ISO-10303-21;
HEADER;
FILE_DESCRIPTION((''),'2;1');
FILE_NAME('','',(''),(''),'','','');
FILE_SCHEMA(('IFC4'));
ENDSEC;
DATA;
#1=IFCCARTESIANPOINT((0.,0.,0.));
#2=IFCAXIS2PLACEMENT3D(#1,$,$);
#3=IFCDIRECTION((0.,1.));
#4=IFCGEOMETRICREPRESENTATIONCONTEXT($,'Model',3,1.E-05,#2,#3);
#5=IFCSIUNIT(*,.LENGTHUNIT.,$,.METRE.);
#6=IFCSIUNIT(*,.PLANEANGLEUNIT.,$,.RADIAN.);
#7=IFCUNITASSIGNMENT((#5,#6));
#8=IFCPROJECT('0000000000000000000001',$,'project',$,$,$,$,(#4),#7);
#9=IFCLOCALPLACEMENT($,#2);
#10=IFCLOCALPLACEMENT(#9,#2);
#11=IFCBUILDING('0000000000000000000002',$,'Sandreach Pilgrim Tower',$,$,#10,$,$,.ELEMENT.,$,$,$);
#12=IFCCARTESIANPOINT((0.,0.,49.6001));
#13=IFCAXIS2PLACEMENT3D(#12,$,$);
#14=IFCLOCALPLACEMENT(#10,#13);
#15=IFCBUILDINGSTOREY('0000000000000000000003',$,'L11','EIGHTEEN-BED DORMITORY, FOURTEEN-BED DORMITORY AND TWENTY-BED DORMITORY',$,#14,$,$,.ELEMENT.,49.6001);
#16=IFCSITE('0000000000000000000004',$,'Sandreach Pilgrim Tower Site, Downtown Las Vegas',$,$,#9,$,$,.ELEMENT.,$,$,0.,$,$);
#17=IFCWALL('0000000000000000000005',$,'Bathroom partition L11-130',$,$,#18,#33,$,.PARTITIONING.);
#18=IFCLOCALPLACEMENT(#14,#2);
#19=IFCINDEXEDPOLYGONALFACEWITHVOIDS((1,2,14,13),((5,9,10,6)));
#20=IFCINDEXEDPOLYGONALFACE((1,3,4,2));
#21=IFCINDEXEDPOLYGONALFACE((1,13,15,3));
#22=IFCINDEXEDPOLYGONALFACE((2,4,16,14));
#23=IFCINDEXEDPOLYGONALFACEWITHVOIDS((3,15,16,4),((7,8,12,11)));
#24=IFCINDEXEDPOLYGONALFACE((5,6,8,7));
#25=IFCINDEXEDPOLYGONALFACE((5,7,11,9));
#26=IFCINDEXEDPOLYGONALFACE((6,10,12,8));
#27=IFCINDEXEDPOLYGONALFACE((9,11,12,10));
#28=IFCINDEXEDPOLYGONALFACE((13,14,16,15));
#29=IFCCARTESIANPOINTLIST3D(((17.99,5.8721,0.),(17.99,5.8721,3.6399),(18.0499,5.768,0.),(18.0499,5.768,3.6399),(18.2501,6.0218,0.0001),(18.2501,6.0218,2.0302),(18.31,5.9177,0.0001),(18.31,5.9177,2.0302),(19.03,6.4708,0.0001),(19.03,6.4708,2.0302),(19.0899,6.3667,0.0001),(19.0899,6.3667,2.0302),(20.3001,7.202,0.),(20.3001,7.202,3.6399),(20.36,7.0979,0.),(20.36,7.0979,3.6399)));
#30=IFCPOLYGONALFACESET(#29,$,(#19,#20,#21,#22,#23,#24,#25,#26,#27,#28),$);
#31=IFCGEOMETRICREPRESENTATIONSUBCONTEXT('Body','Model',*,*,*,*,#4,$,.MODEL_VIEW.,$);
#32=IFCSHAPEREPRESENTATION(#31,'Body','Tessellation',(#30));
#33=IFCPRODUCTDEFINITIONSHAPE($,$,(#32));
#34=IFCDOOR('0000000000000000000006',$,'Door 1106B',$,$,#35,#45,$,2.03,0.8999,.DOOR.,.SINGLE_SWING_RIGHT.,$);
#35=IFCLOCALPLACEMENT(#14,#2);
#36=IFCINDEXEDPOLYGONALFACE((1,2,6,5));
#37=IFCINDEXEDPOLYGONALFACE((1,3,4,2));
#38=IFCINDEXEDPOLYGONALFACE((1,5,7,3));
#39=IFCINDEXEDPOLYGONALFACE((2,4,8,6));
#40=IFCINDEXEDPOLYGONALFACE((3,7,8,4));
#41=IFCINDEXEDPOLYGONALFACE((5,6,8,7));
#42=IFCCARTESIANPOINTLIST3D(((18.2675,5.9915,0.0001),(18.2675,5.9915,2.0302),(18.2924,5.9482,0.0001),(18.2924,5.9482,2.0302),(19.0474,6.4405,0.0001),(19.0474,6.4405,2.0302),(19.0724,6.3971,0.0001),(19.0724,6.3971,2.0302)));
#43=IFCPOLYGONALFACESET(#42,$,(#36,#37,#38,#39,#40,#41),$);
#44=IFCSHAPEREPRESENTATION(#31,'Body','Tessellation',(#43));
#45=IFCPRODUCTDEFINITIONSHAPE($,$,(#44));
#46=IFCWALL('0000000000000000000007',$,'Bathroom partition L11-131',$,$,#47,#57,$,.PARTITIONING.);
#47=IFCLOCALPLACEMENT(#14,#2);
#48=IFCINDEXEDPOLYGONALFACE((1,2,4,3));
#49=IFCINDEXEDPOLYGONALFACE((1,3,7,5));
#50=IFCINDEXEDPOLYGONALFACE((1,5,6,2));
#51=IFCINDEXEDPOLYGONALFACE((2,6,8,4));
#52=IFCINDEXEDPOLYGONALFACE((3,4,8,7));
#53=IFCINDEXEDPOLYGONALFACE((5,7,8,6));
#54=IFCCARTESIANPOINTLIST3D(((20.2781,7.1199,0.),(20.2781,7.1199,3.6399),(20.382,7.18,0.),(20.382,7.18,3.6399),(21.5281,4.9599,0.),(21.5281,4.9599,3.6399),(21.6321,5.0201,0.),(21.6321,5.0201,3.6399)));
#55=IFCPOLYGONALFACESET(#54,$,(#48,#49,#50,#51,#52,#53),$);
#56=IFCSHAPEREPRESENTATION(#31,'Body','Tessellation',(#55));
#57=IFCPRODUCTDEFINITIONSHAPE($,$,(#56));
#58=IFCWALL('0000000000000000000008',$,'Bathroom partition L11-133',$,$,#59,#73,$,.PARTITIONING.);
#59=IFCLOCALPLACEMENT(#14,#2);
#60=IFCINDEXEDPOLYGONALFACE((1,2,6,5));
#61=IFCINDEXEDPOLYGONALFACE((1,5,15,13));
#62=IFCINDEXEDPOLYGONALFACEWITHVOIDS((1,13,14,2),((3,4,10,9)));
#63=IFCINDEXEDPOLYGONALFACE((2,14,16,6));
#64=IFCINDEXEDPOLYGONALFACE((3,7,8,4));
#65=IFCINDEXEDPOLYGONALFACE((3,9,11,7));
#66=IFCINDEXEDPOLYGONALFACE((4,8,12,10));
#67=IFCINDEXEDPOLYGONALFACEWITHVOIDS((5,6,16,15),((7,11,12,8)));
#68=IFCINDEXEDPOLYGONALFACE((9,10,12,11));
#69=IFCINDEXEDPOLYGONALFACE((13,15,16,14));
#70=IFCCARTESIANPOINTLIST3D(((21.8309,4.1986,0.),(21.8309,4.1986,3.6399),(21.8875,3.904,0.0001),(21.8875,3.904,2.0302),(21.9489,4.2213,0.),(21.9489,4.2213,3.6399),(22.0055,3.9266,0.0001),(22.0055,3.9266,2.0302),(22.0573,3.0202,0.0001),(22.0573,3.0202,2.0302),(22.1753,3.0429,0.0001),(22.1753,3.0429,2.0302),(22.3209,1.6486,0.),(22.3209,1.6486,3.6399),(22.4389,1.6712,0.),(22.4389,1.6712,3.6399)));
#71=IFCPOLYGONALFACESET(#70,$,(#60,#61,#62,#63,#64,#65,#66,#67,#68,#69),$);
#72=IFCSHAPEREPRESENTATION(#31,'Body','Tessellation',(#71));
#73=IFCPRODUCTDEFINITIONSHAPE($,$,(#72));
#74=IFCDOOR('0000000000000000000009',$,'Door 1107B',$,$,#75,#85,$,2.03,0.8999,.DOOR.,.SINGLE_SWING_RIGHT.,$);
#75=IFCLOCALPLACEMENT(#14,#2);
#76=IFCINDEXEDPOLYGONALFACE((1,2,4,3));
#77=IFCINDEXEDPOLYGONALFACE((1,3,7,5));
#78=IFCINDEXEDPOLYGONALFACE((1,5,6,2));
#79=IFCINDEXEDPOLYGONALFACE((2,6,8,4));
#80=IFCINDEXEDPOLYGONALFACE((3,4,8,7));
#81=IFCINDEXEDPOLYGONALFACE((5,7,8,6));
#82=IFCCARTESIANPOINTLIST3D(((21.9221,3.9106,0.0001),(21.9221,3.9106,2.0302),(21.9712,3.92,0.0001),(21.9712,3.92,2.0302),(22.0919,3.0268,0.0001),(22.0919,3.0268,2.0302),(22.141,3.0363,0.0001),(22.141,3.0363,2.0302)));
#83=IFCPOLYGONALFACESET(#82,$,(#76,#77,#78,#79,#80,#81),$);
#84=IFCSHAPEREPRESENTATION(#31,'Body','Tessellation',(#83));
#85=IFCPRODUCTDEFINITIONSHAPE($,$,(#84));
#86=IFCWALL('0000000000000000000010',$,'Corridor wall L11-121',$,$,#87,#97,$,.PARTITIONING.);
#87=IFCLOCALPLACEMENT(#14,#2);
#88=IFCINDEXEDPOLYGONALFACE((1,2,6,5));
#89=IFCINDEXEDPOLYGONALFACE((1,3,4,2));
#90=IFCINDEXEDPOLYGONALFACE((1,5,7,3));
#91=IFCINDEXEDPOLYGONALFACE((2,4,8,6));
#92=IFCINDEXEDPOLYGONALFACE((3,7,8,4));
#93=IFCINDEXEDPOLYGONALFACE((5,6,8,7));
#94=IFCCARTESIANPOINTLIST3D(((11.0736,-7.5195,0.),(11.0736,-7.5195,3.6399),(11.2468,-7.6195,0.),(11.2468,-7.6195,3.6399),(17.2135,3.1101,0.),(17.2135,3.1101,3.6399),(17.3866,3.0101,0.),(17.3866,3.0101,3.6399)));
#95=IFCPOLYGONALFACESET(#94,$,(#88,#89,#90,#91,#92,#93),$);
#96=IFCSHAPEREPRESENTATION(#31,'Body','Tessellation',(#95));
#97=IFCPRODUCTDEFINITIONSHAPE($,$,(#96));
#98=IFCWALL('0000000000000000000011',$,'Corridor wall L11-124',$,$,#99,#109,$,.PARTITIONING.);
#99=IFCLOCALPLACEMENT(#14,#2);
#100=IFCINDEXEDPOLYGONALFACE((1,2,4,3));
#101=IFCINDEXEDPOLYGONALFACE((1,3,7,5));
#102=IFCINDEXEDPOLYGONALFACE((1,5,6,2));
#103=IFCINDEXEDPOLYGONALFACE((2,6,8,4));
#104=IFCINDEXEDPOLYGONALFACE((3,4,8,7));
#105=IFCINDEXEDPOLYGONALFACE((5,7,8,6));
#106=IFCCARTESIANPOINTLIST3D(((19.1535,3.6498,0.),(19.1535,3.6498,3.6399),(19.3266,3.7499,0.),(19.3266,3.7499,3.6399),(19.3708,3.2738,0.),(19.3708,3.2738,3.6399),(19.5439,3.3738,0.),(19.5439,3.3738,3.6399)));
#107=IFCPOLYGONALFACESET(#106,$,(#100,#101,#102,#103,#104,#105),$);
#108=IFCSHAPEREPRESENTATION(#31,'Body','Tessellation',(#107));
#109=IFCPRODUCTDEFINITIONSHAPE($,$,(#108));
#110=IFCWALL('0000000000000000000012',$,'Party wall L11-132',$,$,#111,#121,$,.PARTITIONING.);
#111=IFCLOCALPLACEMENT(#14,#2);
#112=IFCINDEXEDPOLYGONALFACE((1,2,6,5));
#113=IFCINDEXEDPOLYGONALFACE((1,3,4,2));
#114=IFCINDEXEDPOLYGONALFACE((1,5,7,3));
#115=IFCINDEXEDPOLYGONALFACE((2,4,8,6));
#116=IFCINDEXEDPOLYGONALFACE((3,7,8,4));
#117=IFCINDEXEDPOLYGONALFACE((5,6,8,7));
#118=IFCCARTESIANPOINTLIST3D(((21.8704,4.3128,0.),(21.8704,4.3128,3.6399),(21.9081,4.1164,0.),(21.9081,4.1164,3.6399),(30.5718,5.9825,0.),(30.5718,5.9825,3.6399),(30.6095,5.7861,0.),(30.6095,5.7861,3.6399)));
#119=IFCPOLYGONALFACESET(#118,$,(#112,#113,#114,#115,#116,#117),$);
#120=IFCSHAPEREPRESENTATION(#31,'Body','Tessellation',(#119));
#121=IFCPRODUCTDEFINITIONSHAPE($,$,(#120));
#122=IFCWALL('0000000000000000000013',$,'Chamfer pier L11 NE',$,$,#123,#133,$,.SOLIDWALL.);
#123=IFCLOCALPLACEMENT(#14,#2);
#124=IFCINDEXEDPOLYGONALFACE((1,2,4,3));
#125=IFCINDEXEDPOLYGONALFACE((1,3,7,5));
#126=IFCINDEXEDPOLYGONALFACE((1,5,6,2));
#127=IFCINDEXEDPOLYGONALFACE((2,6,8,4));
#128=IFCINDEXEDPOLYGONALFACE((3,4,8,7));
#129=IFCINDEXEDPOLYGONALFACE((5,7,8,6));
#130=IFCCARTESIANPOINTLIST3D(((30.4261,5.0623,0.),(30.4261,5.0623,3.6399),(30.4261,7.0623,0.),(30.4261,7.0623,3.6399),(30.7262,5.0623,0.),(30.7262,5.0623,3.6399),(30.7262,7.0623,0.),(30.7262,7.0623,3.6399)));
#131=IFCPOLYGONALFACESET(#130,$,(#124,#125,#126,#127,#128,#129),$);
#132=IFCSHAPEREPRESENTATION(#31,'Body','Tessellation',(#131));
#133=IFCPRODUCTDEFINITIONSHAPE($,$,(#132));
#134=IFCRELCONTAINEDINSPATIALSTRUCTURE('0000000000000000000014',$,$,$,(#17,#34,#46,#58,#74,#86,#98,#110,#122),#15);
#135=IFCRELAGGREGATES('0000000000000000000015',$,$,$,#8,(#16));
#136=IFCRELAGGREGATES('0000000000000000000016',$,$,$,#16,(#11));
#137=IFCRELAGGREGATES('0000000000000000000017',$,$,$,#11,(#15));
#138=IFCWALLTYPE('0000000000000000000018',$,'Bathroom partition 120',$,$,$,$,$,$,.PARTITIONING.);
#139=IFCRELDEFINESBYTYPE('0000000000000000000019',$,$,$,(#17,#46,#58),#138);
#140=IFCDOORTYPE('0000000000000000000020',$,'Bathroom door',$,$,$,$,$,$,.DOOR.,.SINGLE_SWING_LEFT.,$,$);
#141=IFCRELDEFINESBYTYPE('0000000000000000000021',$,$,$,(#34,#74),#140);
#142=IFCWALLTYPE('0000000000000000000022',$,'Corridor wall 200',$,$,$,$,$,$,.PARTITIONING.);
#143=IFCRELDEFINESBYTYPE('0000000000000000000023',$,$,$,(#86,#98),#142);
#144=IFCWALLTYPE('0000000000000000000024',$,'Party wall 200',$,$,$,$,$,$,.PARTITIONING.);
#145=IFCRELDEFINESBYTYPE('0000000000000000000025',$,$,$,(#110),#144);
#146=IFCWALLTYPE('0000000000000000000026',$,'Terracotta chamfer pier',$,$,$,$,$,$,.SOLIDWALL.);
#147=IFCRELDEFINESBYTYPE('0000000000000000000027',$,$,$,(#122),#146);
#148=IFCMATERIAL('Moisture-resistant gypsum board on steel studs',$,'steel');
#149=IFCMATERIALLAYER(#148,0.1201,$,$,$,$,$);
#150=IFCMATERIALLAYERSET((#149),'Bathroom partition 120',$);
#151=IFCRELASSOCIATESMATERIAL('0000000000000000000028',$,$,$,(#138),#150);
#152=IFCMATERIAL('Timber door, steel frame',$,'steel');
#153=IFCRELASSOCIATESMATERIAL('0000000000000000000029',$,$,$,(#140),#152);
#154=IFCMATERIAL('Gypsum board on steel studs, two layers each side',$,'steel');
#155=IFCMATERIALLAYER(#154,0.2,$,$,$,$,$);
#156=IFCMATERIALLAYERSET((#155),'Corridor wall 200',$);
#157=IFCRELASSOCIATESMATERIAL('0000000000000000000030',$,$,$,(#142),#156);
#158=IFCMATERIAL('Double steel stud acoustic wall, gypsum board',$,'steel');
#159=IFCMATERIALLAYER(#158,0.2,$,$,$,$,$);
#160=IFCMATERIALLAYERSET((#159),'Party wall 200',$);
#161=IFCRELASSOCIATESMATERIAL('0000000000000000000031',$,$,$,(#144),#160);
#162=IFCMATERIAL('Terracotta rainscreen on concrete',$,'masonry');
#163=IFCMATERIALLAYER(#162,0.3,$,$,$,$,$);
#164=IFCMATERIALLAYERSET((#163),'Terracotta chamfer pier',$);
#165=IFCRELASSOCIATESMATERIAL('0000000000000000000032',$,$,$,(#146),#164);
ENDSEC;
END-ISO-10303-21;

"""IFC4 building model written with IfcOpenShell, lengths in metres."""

from ifc_helpers import new_model, si_unit, direction, frame, frame_2d, origin, place, context, subcontext, project, spatial, rectangle, extrude, material, layer, layer_set, type_object, element, fill, save


model = new_model("IFC4")

# Units and contexts
model_context = context("Model", 3, precision=1e-05, world=origin(), true_north=direction((0.0, 1.0)))
body_context = subcontext(model_context, "Body", "Model", "MODEL_VIEW")
ifc_project = project(units=[si_unit("LENGTHUNIT", "METRE"), si_unit("PLANEANGLEUNIT", "RADIAN")], contexts=[model_context])

# Site, building, storey
site_placement = place(None, origin())
site = spatial("IfcSite", under=ifc_project, at=site_placement, Name="Sandreach Pilgrim Tower Site, Downtown Las Vegas", CompositionType="ELEMENT", RefElevation=0.0)
building_placement = place(site_placement, origin())
building = spatial("IfcBuilding", under=site, at=building_placement, Name="Sandreach Pilgrim Tower", CompositionType="ELEMENT")
storey_placement = place(building_placement, frame((0.0, 0.0, 49.6001)))
storey = spatial("IfcBuildingStorey", under=building, at=storey_placement, Name="L11", Description="EIGHTEEN-BED DORMITORY, FOURTEEN-BED DORMITORY AND TWENTY-BED DORMITORY", CompositionType="ELEMENT", Elevation=49.6001)

# Shared definitions
ifc_material_1 = material(Name="Moisture-resistant gypsum board on steel studs", Category="steel")
ifc_layer_1 = layer(ifc_material_1, 0.1201)
ifc_layer_set_1 = layer_set([ifc_layer_1], Name="Bathroom partition 120")
wall_type_1 = type_object("IfcWallType", Name="Bathroom partition 120", PredefinedType="PARTITIONING", material=ifc_layer_set_1)

# Wall, opening, door
wall_1_placement = place(storey_placement, frame((20.3301, 7.1499, 0.0), z_axis=(0.0, 0.0, 1.0), x_axis=(-0.866655, -0.498908, 0.0)))
wall_1 = element("IfcWall", 1, at=wall_1_placement, inside=storey, type_object=wall_type_1, Name="Bathroom partition L11-130", PredefinedType="PARTITIONING", context=body_context, shape_type="SweptSolid", body=[
    extrude(rectangle(XDim=2.6655, YDim=0.1201, at=frame_2d((1.3328, 0.0))), origin(), (0.0, 0.0, 1.0), 3.6399),
])
opening_1_placement = place(wall_1_placement, frame((1.4656, 0.0, 0.0)))
opening_1 = element("IfcOpeningElement", 2, at=opening_1_placement, cuts=wall_1, PredefinedType="OPENING", context=body_context, shape_type="SweptSolid", body=[
    extrude(rectangle(XDim=0.8999, YDim=2.03, at=frame_2d((0.45, 1.0151))), frame((0.0, 0.0601, 0.0), z_axis=(0.0, -1.0, 0.0), x_axis=(1.0, 0.0, 0.0)), (0.0, 0.0, 1.0), 0.1201),
])
ifc_material_2 = material(Name="Timber door, steel frame", Category="steel")
door_type_1 = type_object("IfcDoorType", Name="Bathroom door", OperationType="SINGLE_SWING_LEFT", PredefinedType="DOOR", material=ifc_material_2)
door_1_placement = place(opening_1_placement, origin())
door_1 = element("IfcDoor", 3, at=door_1_placement, inside=storey, type_object=door_type_1, Name="Door 1106B", OperationType="SINGLE_SWING_RIGHT", OverallHeight=2.03, OverallWidth=0.8999, PredefinedType="DOOR", context=body_context, shape_type="SweptSolid", body=[
    extrude(rectangle(XDim=0.8999, YDim=2.03, at=frame_2d((0.45, 1.0151))), frame((0.0, 0.0249, 0.0), z_axis=(0.0, -1.0, 0.0), x_axis=(1.0, 0.0, 0.0)), (0.0, 0.0, 1.0), 0.05),
])
fill(opening_1, door_1)

# Wall
wall_2_placement = place(storey_placement, frame((21.5801, 4.99, 0.0), z_axis=(0.0, 0.0, 1.0), x_axis=(-0.500894, 0.865509, 0.0)))
element("IfcWall", 4, at=wall_2_placement, inside=storey, type_object=wall_type_1, Name="Bathroom partition L11-131", PredefinedType="PARTITIONING", context=body_context, shape_type="SweptSolid", body=[
    extrude(rectangle(XDim=2.4956, YDim=0.1201, at=frame_2d((1.2478, 0.0))), origin(), (0.0, 0.0, 1.0), 3.6399),
])

# Wall, opening, door
wall_3_placement = place(storey_placement, frame((22.3799, 1.6599, 0.0), z_axis=(0.0, 0.0, 1.0), x_axis=(-0.188697, 0.982035, 0.0)))
wall_3 = element("IfcWall", 5, at=wall_3_placement, inside=storey, type_object=wall_type_1, Name="Bathroom partition L11-133", PredefinedType="PARTITIONING", context=body_context, shape_type="SweptSolid", body=[
    extrude(rectangle(XDim=2.5967, YDim=0.1201, at=frame_2d((1.2983, 0.0))), origin(), (0.0, 0.0, 1.0), 3.6399),
])
opening_2_placement = place(wall_3_placement, frame((1.3967, 0.0, 0.0)))
opening_2 = element("IfcOpeningElement", 6, at=opening_2_placement, cuts=wall_3, PredefinedType="OPENING", context=body_context, shape_type="SweptSolid", body=[
    extrude(rectangle(XDim=0.8999, YDim=2.03, at=frame_2d((0.45, 1.0151))), frame((0.0, 0.0601, 0.0), z_axis=(0.0, -1.0, 0.0), x_axis=(1.0, 0.0, 0.0)), (0.0, 0.0, 1.0), 0.1201),
])
door_2_placement = place(opening_2_placement, origin())
door_2 = element("IfcDoor", 7, at=door_2_placement, inside=storey, type_object=door_type_1, Name="Door 1107B", OperationType="SINGLE_SWING_RIGHT", OverallHeight=2.03, OverallWidth=0.8999, PredefinedType="DOOR", context=body_context, shape_type="SweptSolid", body=[
    extrude(rectangle(XDim=0.8999, YDim=2.03, at=frame_2d((0.45, 1.0151))), frame((0.0, 0.0249, 0.0), z_axis=(0.0, -1.0, 0.0), x_axis=(1.0, 0.0, 0.0)), (0.0, 0.0, 1.0), 0.05),
])
fill(opening_2, door_2)
ifc_material_3 = material(Name="Gypsum board on steel studs, two layers each side", Category="steel")
ifc_layer_2 = layer(ifc_material_3, 0.2)
ifc_layer_set_2 = layer_set([ifc_layer_2], Name="Corridor wall 200")
wall_type_2 = type_object("IfcWallType", Name="Corridor wall 200", PredefinedType="PARTITIONING", material=ifc_layer_set_2)

# Walls
wall_4_placement = place(storey_placement, frame((17.3, 3.0601, 0.0), z_axis=(0.0, 0.0, 1.0), x_axis=(-0.500175, -0.865924, 0.0)))
element("IfcWall", 8, at=wall_4_placement, inside=storey, type_object=wall_type_2, Name="Corridor wall L11-121", PredefinedType="PARTITIONING", context=body_context, shape_type="SweptSolid", body=[
    extrude(rectangle(XDim=12.2754, YDim=0.2, at=frame_2d((6.1377, 0.0))), origin(), (0.0, 0.0, 1.0), 3.6399),
])
wall_5_placement = place(storey_placement, frame((19.24, 3.7, 0.0), z_axis=(0.0, 0.0, 1.0), x_axis=(0.500371, -0.865811, 0.0)))
element("IfcWall", 9, at=wall_5_placement, inside=storey, type_object=wall_type_2, Name="Corridor wall L11-124", PredefinedType="PARTITIONING", context=body_context, shape_type="SweptSolid", body=[
    extrude(rectangle(XDim=0.4343, YDim=0.2, at=frame_2d((0.2173, 0.0))), origin(), (0.0, 0.0, 1.0), 3.6399),
])
ifc_material_4 = material(Name="Double steel stud acoustic wall, gypsum board", Category="steel")
ifc_layer_3 = layer(ifc_material_4, 0.2)
ifc_layer_set_3 = layer_set([ifc_layer_3], Name="Party wall 200")
wall_type_3 = type_object("IfcWallType", Name="Party wall 200", PredefinedType="PARTITIONING", material=ifc_layer_set_3)
wall_6_placement = place(storey_placement, frame((21.8892, 4.2146, 0.0), z_axis=(0.0, 0.0, 1.0), x_axis=(0.982083, 0.188448, 0.0)))
element("IfcWall", 10, at=wall_6_placement, inside=storey, type_object=wall_type_3, Name="Party wall L11-132", PredefinedType="PARTITIONING", context=body_context, shape_type="SweptSolid", body=[
    extrude(rectangle(XDim=8.8601, YDim=0.2, at=frame_2d((4.4302, 0.0))), origin(), (0.0, 0.0, 1.0), 3.6399),
])
ifc_material_5 = material(Name="Terracotta rainscreen on concrete", Category="masonry")
ifc_layer_4 = layer(ifc_material_5, 0.3)
ifc_layer_set_4 = layer_set([ifc_layer_4], Name="Terracotta chamfer pier")
wall_type_4 = type_object("IfcWallType", Name="Terracotta chamfer pier", PredefinedType="SOLIDWALL", material=ifc_layer_set_4)
wall_7_placement = place(storey_placement, frame((30.5762, 7.0623, 0.0), z_axis=(0.0, 0.0, 1.0), x_axis=(0.0, -1.0, 0.0)))
element("IfcWall", 11, at=wall_7_placement, inside=storey, type_object=wall_type_4, Name="Chamfer pier L11 NE", PredefinedType="SOLIDWALL", context=body_context, shape_type="SweptSolid", body=[
    extrude(rectangle(XDim=2.0, YDim=0.3, at=frame_2d((1.0, 0.0))), origin(), (0.0, 0.0, 1.0), 3.6399),
])

save(model, "model.ifc")
